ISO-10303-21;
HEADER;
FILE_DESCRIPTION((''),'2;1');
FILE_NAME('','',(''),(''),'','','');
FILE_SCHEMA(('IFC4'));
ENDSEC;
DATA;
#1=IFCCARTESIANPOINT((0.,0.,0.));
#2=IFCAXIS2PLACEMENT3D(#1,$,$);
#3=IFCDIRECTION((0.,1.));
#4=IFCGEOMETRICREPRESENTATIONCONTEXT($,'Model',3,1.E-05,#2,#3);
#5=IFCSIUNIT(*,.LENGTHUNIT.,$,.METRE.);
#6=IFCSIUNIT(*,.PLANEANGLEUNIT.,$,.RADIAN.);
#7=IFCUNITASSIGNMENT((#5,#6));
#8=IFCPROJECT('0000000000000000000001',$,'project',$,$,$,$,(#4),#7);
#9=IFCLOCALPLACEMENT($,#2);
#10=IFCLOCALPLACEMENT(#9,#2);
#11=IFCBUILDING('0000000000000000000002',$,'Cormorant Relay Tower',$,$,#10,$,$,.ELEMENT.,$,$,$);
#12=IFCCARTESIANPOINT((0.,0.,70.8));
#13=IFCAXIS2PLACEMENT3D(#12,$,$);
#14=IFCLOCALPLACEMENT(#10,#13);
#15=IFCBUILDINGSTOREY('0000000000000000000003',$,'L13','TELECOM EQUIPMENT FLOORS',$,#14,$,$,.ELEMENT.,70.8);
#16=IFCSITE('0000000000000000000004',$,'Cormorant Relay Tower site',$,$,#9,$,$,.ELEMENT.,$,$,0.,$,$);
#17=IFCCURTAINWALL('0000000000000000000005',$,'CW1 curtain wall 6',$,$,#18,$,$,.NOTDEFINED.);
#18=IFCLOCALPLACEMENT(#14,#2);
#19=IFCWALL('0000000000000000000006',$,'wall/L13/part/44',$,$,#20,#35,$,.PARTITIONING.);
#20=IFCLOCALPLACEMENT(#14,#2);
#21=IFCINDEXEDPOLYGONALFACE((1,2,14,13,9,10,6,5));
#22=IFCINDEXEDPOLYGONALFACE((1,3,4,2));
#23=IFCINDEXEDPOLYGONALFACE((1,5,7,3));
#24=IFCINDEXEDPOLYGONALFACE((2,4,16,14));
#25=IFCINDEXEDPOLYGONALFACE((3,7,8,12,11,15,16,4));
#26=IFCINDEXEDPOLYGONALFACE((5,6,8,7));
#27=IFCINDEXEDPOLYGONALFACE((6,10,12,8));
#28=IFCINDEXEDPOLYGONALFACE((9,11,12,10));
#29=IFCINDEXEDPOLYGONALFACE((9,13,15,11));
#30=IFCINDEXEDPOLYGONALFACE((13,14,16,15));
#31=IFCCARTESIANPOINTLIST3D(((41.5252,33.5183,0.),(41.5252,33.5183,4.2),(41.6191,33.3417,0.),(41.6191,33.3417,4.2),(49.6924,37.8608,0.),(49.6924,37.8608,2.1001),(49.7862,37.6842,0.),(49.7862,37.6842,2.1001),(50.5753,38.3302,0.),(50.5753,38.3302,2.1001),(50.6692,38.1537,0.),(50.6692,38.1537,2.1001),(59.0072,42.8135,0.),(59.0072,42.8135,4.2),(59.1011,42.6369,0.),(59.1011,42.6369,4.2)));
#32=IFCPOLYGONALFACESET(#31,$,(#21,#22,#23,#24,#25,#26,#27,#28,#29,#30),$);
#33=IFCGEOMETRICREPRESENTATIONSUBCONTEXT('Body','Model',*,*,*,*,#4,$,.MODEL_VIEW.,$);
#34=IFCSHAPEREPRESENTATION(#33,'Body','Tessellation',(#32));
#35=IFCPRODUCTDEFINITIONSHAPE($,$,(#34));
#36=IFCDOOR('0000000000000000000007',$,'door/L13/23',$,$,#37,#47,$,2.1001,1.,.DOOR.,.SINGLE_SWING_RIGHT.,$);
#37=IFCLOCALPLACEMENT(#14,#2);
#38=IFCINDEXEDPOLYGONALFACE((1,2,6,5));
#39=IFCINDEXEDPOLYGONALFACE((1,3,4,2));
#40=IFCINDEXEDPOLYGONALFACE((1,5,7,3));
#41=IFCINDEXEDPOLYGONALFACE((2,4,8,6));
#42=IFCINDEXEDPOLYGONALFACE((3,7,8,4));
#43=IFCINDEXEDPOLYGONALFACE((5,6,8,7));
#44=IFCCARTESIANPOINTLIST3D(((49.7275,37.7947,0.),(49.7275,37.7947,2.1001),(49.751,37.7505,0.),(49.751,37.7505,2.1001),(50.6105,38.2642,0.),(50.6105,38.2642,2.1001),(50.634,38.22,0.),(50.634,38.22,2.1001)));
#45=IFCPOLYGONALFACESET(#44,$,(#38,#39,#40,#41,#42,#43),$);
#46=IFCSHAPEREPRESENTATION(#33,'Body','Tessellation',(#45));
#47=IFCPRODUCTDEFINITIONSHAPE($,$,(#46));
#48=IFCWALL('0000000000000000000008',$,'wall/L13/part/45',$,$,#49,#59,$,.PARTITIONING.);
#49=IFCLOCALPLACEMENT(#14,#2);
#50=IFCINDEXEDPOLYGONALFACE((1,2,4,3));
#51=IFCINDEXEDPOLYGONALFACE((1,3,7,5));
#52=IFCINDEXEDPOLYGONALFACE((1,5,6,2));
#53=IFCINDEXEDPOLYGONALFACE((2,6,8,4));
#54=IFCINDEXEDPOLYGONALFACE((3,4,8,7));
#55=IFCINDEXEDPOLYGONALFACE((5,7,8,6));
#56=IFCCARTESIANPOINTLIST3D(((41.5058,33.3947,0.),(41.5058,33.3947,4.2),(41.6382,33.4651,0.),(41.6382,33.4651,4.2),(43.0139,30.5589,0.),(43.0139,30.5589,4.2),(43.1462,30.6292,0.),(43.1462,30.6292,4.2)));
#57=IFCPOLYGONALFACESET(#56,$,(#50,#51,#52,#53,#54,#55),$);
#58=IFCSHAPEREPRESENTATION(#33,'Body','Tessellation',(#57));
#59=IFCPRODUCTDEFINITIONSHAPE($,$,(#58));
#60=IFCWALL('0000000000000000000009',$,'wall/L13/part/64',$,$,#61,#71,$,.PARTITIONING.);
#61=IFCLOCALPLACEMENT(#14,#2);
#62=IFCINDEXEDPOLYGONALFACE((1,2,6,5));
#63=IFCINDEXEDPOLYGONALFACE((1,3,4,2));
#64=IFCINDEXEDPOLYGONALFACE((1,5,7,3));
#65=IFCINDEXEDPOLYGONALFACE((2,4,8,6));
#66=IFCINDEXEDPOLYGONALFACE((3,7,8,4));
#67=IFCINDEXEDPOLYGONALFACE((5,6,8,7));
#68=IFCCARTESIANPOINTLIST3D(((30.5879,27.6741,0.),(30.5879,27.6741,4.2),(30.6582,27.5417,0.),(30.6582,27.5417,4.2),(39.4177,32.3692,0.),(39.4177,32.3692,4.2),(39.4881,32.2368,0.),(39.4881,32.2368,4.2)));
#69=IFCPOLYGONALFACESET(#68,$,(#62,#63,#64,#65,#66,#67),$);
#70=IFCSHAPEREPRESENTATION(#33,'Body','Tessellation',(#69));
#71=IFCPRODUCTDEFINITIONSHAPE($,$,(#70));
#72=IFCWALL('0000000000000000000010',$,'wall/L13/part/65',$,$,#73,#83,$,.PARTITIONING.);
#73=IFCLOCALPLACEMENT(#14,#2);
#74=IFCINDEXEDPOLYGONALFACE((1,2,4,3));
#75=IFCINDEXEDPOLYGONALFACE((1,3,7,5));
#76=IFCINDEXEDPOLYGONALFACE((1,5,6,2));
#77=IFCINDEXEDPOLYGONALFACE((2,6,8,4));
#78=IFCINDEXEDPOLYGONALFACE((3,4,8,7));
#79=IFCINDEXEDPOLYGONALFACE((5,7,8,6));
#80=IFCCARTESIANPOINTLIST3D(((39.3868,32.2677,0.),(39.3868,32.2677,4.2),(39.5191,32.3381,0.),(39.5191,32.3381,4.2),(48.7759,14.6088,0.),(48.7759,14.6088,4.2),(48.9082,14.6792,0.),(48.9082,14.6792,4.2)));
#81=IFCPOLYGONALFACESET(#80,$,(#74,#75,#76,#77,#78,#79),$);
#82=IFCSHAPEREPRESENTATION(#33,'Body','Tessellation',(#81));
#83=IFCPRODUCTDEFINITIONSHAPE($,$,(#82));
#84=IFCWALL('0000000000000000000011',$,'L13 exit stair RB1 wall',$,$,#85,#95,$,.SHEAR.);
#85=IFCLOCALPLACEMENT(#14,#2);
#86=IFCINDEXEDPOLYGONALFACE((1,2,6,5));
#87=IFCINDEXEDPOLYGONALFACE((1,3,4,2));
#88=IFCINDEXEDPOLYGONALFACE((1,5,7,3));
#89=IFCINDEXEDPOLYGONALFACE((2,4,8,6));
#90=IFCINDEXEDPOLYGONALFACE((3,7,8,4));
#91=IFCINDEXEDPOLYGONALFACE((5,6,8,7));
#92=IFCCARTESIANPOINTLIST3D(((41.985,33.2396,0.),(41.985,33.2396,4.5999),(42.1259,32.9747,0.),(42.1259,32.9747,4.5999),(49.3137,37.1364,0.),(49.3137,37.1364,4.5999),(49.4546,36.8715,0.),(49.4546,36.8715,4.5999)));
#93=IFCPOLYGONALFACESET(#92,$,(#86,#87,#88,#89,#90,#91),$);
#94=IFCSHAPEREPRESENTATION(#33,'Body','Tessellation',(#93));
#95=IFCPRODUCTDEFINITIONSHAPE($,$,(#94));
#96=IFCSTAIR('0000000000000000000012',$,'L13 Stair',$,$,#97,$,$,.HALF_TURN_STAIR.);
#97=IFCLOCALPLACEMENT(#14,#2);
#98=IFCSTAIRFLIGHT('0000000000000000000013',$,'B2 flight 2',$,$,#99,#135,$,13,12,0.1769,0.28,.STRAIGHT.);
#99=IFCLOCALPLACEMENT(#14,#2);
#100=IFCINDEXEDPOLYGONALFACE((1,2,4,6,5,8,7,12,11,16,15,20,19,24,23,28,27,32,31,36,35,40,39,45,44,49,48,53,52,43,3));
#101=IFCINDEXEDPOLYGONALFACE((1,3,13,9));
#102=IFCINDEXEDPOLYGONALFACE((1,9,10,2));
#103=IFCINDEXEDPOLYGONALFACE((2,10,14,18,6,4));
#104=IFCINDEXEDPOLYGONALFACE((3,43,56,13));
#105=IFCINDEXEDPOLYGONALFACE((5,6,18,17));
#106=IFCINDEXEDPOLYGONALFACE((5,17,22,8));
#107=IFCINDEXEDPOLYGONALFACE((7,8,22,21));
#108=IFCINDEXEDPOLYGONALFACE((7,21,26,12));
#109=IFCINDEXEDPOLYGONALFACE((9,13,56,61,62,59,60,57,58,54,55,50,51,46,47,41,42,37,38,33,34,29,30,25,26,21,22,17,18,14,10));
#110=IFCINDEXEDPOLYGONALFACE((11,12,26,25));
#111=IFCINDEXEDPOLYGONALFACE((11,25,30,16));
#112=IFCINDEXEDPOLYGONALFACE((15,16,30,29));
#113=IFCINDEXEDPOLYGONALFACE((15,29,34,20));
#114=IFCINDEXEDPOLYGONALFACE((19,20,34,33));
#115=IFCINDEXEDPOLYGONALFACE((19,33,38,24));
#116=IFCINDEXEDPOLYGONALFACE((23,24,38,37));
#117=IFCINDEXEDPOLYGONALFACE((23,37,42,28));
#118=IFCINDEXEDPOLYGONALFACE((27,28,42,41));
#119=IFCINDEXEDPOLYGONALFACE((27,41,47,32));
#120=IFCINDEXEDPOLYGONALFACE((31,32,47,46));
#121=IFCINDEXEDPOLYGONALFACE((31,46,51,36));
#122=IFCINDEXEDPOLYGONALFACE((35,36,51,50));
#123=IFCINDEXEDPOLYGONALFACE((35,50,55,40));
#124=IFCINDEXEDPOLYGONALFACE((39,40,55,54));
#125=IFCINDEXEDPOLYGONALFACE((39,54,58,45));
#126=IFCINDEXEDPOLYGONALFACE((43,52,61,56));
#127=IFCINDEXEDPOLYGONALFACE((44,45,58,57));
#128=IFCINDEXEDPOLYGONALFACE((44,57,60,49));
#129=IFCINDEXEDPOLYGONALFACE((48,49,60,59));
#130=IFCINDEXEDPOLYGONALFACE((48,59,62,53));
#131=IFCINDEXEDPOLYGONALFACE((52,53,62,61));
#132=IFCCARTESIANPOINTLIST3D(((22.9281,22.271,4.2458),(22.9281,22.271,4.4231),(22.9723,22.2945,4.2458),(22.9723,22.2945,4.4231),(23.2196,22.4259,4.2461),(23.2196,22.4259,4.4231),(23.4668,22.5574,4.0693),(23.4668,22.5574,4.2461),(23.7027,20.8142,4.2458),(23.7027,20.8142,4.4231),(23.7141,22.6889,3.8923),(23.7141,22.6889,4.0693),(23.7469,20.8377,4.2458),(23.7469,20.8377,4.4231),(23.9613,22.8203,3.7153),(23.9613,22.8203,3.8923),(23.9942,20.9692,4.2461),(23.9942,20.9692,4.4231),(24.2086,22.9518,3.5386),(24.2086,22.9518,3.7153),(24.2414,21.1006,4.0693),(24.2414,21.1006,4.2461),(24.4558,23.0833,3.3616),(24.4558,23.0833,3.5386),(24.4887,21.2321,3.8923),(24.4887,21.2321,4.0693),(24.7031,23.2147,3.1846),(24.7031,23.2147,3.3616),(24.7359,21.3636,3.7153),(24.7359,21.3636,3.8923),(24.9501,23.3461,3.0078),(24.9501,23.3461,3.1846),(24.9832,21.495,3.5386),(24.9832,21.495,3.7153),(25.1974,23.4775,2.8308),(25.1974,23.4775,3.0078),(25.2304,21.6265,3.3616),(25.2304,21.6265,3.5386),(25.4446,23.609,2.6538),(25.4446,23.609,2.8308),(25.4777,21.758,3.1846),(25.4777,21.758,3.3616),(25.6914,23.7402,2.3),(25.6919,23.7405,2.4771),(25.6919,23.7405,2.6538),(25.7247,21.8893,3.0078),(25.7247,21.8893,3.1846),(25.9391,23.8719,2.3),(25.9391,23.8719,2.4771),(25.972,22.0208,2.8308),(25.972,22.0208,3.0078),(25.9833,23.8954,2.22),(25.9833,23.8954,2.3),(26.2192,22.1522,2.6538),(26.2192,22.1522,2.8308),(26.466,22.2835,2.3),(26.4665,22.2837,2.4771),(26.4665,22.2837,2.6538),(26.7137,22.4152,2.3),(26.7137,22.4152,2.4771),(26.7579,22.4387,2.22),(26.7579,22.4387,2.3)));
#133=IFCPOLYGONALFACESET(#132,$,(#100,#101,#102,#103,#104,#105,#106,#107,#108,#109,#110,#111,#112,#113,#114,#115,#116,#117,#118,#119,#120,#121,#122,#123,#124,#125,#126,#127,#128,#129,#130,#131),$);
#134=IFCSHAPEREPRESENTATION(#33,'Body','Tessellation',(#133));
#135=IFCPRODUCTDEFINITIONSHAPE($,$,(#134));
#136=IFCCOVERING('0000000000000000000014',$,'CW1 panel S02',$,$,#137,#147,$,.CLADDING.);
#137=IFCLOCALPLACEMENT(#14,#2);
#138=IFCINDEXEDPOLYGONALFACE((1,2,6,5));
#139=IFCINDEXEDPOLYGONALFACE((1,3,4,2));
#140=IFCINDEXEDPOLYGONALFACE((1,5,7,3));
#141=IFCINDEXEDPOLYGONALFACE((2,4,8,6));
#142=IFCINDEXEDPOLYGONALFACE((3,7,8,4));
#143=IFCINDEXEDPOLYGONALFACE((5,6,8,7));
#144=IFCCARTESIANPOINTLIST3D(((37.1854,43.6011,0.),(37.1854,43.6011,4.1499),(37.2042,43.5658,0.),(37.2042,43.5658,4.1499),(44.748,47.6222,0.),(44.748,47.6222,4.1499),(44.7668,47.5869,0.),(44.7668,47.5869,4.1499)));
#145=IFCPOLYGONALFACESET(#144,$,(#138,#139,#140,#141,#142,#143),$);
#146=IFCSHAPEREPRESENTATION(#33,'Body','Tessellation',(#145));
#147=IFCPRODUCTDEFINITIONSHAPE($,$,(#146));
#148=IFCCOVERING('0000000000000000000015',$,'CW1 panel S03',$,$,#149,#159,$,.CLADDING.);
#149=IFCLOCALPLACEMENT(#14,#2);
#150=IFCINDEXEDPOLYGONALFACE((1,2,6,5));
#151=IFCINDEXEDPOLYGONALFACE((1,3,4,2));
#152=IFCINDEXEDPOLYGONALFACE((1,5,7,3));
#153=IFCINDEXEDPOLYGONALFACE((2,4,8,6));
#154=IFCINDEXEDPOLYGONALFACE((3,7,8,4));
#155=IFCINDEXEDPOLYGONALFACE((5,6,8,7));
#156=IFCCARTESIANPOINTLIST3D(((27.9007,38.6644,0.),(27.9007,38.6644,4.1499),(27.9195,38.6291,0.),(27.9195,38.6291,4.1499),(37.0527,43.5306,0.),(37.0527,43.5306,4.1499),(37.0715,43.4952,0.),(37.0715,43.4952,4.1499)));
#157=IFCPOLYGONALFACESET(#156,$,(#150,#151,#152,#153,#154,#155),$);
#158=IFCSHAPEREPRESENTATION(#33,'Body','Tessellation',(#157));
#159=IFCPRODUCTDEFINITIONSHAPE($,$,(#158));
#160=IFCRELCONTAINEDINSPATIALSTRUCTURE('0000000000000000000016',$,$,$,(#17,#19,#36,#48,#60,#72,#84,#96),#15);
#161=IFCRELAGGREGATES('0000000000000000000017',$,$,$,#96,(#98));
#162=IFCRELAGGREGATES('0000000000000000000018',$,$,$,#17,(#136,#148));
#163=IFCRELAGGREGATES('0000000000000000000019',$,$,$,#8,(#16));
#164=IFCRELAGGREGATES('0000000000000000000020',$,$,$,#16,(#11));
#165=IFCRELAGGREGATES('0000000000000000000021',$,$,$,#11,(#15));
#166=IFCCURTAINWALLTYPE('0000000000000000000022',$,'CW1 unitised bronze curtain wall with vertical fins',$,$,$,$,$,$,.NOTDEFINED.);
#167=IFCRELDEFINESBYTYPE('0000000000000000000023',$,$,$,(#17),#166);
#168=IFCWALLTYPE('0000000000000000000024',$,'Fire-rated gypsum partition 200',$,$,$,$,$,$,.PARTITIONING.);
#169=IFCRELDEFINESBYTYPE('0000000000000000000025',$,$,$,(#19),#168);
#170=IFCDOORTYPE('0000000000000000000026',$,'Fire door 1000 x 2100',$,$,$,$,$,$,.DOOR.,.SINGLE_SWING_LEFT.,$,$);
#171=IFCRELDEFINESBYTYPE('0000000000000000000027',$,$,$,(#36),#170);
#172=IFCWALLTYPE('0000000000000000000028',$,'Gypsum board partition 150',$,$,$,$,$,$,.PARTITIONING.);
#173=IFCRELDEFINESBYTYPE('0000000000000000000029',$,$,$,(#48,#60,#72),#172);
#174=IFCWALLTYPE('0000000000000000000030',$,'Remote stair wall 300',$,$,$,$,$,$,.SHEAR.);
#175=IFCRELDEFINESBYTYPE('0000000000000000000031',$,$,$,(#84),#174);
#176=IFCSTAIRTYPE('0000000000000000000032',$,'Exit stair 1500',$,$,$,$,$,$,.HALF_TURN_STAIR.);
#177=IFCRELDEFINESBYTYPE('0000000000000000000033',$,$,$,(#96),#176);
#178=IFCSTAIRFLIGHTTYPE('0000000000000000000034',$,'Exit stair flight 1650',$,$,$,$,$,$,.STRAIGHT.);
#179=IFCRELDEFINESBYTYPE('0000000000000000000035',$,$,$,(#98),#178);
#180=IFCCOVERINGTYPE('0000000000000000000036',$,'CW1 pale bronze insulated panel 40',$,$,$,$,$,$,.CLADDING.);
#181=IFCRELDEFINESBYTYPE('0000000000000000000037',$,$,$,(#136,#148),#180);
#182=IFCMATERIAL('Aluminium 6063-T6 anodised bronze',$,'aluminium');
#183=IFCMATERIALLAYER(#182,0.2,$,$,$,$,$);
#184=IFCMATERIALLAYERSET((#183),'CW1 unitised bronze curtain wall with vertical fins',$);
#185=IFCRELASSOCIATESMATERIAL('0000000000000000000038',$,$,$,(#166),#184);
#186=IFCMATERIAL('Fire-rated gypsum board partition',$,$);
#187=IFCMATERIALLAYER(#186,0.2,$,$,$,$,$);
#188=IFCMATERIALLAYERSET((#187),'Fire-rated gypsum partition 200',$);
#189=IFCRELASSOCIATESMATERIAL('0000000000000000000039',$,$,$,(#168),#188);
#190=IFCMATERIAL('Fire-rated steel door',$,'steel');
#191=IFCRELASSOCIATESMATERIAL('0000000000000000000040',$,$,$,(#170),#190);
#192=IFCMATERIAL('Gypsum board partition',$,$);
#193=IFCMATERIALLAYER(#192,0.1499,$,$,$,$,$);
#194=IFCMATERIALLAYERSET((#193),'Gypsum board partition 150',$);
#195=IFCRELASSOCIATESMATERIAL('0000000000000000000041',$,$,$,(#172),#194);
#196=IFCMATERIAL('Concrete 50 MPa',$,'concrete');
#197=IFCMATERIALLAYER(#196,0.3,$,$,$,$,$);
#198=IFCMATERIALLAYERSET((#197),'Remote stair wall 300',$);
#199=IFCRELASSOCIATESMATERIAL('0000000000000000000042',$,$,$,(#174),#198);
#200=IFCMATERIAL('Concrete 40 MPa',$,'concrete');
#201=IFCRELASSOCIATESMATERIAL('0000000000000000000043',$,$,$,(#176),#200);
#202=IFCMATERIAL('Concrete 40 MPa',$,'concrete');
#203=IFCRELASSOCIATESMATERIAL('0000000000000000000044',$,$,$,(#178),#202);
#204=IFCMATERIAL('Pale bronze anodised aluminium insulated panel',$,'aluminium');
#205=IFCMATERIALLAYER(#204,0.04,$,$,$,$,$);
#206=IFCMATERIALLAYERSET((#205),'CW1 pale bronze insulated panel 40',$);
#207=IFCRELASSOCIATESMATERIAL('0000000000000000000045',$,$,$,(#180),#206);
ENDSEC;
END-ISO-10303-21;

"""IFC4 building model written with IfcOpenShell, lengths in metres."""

from ifc_helpers import new_model, si_unit, direction, frame, frame_2d, origin, origin_2d, place, context, subcontext, project, spatial, polyline, rectangle, outline, extrude, material, layer, layer_set, type_object, element, fill, aggregate, save


model = new_model("IFC4")

# Units and contexts
model_context = context("Model", 3, precision=1e-05, world=origin(), true_north=direction((0.0, 1.0)))
body_context = subcontext(model_context, "Body", "Model", "MODEL_VIEW")
ifc_project = project(units=[si_unit("LENGTHUNIT", "METRE"), si_unit("PLANEANGLEUNIT", "RADIAN")], contexts=[model_context])

# Site, building, storey
site_placement = place(None, origin())
site = spatial("IfcSite", under=ifc_project, at=site_placement, Name="Cormorant Relay Tower site", CompositionType="ELEMENT", RefElevation=0.0)
building_placement = place(site_placement, origin())
building = spatial("IfcBuilding", under=site, at=building_placement, Name="Cormorant Relay Tower", CompositionType="ELEMENT")
storey_placement = place(building_placement, frame((0.0, 0.0, 70.8)))
storey = spatial("IfcBuildingStorey", under=building, at=storey_placement, Name="L13", Description="TELECOM EQUIPMENT FLOORS", CompositionType="ELEMENT", Elevation=70.8)

# Curtain wall
ifc_material_1 = material(Name="Aluminium 6063-T6 anodised bronze", Category="aluminium")
ifc_layer_1 = layer(ifc_material_1, 0.2)
ifc_layer_set_1 = layer_set([ifc_layer_1], Name="CW1 unitised bronze curtain wall with vertical fins")
curtain_wall_type = type_object("IfcCurtainWallType", Name="CW1 unitised bronze curtain wall with vertical fins", PredefinedType="NOTDEFINED", material=ifc_layer_set_1)
curtain_wall_placement = place(storey_placement, origin())
curtain_wall = element("IfcCurtainWall", 1, at=curtain_wall_placement, inside=storey, type_object=curtain_wall_type, Name="CW1 curtain wall 6", PredefinedType="NOTDEFINED")

# Shared definitions
ifc_material_2 = material(Name="Fire-rated gypsum board partition")
ifc_layer_2 = layer(ifc_material_2, 0.2)
ifc_layer_set_2 = layer_set([ifc_layer_2], Name="Fire-rated gypsum partition 200")
wall_type_1 = type_object("IfcWallType", Name="Fire-rated gypsum partition 200", PredefinedType="PARTITIONING", material=ifc_layer_set_2)

# Wall, opening, door
wall_1_placement = place(storey_placement, frame((41.572, 33.4299, 0.0), z_axis=(0.0, 0.0, 1.0), x_axis=(0.882951, 0.469466, 0.0)))
wall_1 = element("IfcWall", 2, at=wall_1_placement, inside=storey, type_object=wall_type_1, Name="wall/L13/part/44", PredefinedType="PARTITIONING", context=body_context, shape_type="SweptSolid", body=[
    extrude(rectangle(XDim=19.7996, YDim=0.2, at=frame_2d((9.8999, 0.0))), origin(), (0.0, 0.0, 1.0), 4.2),
])
opening_placement = place(wall_1_placement, frame((9.25, 0.0, 0.0)))
opening = element("IfcOpeningElement", 3, at=opening_placement, cuts=wall_1, PredefinedType="OPENING", context=body_context, shape_type="SweptSolid", body=[
    extrude(rectangle(XDim=1.0, YDim=2.1001, at=frame_2d((0.5, 1.05))), frame((0.0, 0.1099, 0.0), z_axis=(0.0, -1.0, 0.0), x_axis=(1.0, 0.0, 0.0)), (0.0, 0.0, 1.0), 0.22),
])
ifc_material_3 = material(Name="Fire-rated steel door", Category="steel")
door_type = type_object("IfcDoorType", Name="Fire door 1000 x 2100", OperationType="SINGLE_SWING_LEFT", PredefinedType="DOOR", material=ifc_material_3)
door_placement = place(opening_placement, frame((1.0, 0.0, 0.0), z_axis=(0.0, 0.0, 1.0), x_axis=(-1.0, 0.0, 0.0)))
door = element("IfcDoor", 4, at=door_placement, inside=storey, type_object=door_type, Name="door/L13/23", OperationType="SINGLE_SWING_RIGHT", OverallHeight=2.1001, OverallWidth=1.0, PredefinedType="DOOR", context=body_context, shape_type="SweptSolid", body=[
    extrude(rectangle(XDim=1.0, YDim=2.1001, at=frame_2d((0.5, 1.05))), frame((0.0, 0.0249, 0.0), z_axis=(0.0, -1.0, 0.0), x_axis=(1.0, 0.0, 0.0)), (0.0, 0.0, 1.0), 0.05),
])
fill(opening, door)

# Walls
ifc_material_4 = material(Name="Gypsum board partition")
ifc_layer_3 = layer(ifc_material_4, 0.1499)
ifc_layer_set_3 = layer_set([ifc_layer_3], Name="Gypsum board partition 150")
wall_type_2 = type_object("IfcWallType", Name="Gypsum board partition 150", PredefinedType="PARTITIONING", material=ifc_layer_set_3)
wall_2_placement = place(storey_placement, frame((41.572, 33.4299, 0.0), z_axis=(0.0, 0.0, 1.0), x_axis=(0.469511, -0.882927, 0.0)))
element("IfcWall", 5, at=wall_2_placement, inside=storey, type_object=wall_type_2, Name="wall/L13/part/45", PredefinedType="PARTITIONING", context=body_context, shape_type="SweptSolid", body=[
    extrude(rectangle(XDim=3.2119, YDim=0.1499, at=frame_2d((1.606, 0.0))), origin(), (0.0, 0.0, 1.0), 4.2),
])
wall_3_placement = place(storey_placement, frame((30.623, 27.6079, 0.0), z_axis=(0.0, 0.0, 1.0), x_axis=(0.882941, 0.469484, 0.0)))
element("IfcWall", 6, at=wall_3_placement, inside=storey, type_object=wall_type_2, Name="wall/L13/part/64", PredefinedType="PARTITIONING", context=body_context, shape_type="SweptSolid", body=[
    extrude(rectangle(XDim=10.0005, YDim=0.1499, at=frame_2d((5.0002, 0.0))), origin(), (0.0, 0.0, 1.0), 4.2),
])
wall_4_placement = place(storey_placement, frame((39.4529, 32.303, 0.0), z_axis=(0.0, 0.0, 1.0), x_axis=(0.469461, -0.882953, 0.0)))
element("IfcWall", 7, at=wall_4_placement, inside=storey, type_object=wall_type_2, Name="wall/L13/part/65", PredefinedType="PARTITIONING", context=body_context, shape_type="SweptSolid", body=[
    extrude(rectangle(XDim=19.9998, YDim=0.1499, at=frame_2d((10.0, 0.0))), origin(), (0.0, 0.0, 1.0), 4.2),
])
ifc_material_5 = material(Name="Concrete 50 MPa", Category="concrete")
ifc_layer_4 = layer(ifc_material_5, 0.3)
ifc_layer_set_4 = layer_set([ifc_layer_4], Name="Remote stair wall 300")
wall_type_3 = type_object("IfcWallType", Name="Remote stair wall 300", PredefinedType="SHEAR", material=ifc_layer_set_4)
wall_5_placement = place(storey_placement, frame((42.0554, 33.1072, 0.0), z_axis=(0.0, 0.0, 1.0), x_axis=(0.882946, 0.469475, 0.0)))
element("IfcWall", 8, at=wall_5_placement, inside=storey, type_object=wall_type_3, Name="L13 exit stair RB1 wall", PredefinedType="SHEAR", context=body_context, shape_type="SweptSolid", body=[
    extrude(rectangle(XDim=8.3003, YDim=0.3, at=frame_2d((4.1501, 0.0))), origin(), (0.0, 0.0, 1.0), 4.5999),
])

# Stair, stair flight
ifc_material_6 = material(Name="Concrete 40 MPa", Category="concrete")
stair_type = type_object("IfcStairType", Name="Exit stair 1500", PredefinedType="HALF_TURN_STAIR", material=ifc_material_6)
stair_placement = place(storey_placement, origin())
stair = element("IfcStair", 9, at=stair_placement, inside=storey, type_object=stair_type, Name="L13 Stair", PredefinedType="HALF_TURN_STAIR")
ifc_material_7 = material(Name="Concrete 40 MPa", Category="concrete")
stair_flight_type = type_object("IfcStairFlightType", Name="Exit stair flight 1650", PredefinedType="STRAIGHT", material=ifc_material_7)
stair_flight_placement = place(storey_placement, frame((26.3264, 23.1436, 2.3), z_axis=(0.0, 0.0, 1.0), x_axis=(-0.882948, -0.469472, 0.0)))
stair_flight = element("IfcStairFlight", 10, at=stair_flight_placement, type_object=stair_flight_type, Name="B2 flight 2", NumberOfRisers=13, NumberOfTreads=12, PredefinedType="STRAIGHT", RiserHeight=0.1769, TreadLength=0.28, context=body_context, shape_type="SweptSolid", body=[
    extrude(outline(polyline([(-0.05, -0.0801), (-0.05, 0.0), (0.0, 0.0), (0.0, 0.177), (0.28, 0.177), (0.28, 0.3538), (0.5601, 0.3538), (0.5601, 0.5308), (0.8401, 0.5308), (0.8401, 0.7078), (1.1201, 0.7078), (1.1201, 0.8845), (1.3999, 0.8845), (1.3999, 1.0615), (1.6799, 1.0615), (1.6799, 1.2385), (1.96, 1.2385), (1.96, 1.4153), (2.24, 1.4153), (2.24, 1.5923), (2.52, 1.5923), (2.52, 1.7693), (2.8, 1.7693), (2.8, 1.946), (3.0801, 1.946), (3.0801, 2.123), (3.3601, 2.123), (3.4102, 2.123), (3.4102, 1.9458), (3.3601, 1.9458), (0.2805, 0.0), (-0.05, -0.0801)])), frame((0.0, 0.825, 0.0), z_axis=(0.0, -1.0, 0.0), x_axis=(1.0, 0.0, 0.0)), (0.0, 0.0, 1.0), 1.6499),
])
aggregate(stair, [stair_flight])

# Coverings
ifc_material_8 = material(Name="Pale bronze anodised aluminium insulated panel", Category="aluminium")
ifc_layer_5 = layer(ifc_material_8, 0.04)
ifc_layer_set_5 = layer_set([ifc_layer_5], Name="CW1 pale bronze insulated panel 40")
covering_type = type_object("IfcCoveringType", Name="CW1 pale bronze insulated panel 40", PredefinedType="CLADDING", material=ifc_layer_set_5)
covering_1_placement = place(storey_placement, frame((40.9761, 45.594, 0.0), z_axis=(0.0, 0.0, 1.0), x_axis=(-0.882948, -0.469472, 0.0)))
covering_1 = element("IfcCovering", 11, at=covering_1_placement, type_object=covering_type, Name="CW1 panel S02", PredefinedType="CLADDING", context=body_context, shape_type="SweptSolid", body=[
    extrude(rectangle(XDim=8.5652, YDim=0.04, at=origin_2d()), origin(), (0.0, 0.0, 1.0), 4.1499),
])
covering_2_placement = place(storey_placement, frame((32.4861, 41.0798, 0.0), z_axis=(0.0, 0.0, 1.0), x_axis=(-0.882948, -0.469472, 0.0)))
covering_2 = element("IfcCovering", 12, at=covering_2_placement, type_object=covering_type, Name="CW1 panel S03", PredefinedType="CLADDING", context=body_context, shape_type="SweptSolid", body=[
    extrude(rectangle(XDim=10.3652, YDim=0.04, at=origin_2d()), origin(), (0.0, 0.0, 1.0), 4.1499),
])
aggregate(curtain_wall, [covering_1, covering_2])

save(model, "model.ifc")
